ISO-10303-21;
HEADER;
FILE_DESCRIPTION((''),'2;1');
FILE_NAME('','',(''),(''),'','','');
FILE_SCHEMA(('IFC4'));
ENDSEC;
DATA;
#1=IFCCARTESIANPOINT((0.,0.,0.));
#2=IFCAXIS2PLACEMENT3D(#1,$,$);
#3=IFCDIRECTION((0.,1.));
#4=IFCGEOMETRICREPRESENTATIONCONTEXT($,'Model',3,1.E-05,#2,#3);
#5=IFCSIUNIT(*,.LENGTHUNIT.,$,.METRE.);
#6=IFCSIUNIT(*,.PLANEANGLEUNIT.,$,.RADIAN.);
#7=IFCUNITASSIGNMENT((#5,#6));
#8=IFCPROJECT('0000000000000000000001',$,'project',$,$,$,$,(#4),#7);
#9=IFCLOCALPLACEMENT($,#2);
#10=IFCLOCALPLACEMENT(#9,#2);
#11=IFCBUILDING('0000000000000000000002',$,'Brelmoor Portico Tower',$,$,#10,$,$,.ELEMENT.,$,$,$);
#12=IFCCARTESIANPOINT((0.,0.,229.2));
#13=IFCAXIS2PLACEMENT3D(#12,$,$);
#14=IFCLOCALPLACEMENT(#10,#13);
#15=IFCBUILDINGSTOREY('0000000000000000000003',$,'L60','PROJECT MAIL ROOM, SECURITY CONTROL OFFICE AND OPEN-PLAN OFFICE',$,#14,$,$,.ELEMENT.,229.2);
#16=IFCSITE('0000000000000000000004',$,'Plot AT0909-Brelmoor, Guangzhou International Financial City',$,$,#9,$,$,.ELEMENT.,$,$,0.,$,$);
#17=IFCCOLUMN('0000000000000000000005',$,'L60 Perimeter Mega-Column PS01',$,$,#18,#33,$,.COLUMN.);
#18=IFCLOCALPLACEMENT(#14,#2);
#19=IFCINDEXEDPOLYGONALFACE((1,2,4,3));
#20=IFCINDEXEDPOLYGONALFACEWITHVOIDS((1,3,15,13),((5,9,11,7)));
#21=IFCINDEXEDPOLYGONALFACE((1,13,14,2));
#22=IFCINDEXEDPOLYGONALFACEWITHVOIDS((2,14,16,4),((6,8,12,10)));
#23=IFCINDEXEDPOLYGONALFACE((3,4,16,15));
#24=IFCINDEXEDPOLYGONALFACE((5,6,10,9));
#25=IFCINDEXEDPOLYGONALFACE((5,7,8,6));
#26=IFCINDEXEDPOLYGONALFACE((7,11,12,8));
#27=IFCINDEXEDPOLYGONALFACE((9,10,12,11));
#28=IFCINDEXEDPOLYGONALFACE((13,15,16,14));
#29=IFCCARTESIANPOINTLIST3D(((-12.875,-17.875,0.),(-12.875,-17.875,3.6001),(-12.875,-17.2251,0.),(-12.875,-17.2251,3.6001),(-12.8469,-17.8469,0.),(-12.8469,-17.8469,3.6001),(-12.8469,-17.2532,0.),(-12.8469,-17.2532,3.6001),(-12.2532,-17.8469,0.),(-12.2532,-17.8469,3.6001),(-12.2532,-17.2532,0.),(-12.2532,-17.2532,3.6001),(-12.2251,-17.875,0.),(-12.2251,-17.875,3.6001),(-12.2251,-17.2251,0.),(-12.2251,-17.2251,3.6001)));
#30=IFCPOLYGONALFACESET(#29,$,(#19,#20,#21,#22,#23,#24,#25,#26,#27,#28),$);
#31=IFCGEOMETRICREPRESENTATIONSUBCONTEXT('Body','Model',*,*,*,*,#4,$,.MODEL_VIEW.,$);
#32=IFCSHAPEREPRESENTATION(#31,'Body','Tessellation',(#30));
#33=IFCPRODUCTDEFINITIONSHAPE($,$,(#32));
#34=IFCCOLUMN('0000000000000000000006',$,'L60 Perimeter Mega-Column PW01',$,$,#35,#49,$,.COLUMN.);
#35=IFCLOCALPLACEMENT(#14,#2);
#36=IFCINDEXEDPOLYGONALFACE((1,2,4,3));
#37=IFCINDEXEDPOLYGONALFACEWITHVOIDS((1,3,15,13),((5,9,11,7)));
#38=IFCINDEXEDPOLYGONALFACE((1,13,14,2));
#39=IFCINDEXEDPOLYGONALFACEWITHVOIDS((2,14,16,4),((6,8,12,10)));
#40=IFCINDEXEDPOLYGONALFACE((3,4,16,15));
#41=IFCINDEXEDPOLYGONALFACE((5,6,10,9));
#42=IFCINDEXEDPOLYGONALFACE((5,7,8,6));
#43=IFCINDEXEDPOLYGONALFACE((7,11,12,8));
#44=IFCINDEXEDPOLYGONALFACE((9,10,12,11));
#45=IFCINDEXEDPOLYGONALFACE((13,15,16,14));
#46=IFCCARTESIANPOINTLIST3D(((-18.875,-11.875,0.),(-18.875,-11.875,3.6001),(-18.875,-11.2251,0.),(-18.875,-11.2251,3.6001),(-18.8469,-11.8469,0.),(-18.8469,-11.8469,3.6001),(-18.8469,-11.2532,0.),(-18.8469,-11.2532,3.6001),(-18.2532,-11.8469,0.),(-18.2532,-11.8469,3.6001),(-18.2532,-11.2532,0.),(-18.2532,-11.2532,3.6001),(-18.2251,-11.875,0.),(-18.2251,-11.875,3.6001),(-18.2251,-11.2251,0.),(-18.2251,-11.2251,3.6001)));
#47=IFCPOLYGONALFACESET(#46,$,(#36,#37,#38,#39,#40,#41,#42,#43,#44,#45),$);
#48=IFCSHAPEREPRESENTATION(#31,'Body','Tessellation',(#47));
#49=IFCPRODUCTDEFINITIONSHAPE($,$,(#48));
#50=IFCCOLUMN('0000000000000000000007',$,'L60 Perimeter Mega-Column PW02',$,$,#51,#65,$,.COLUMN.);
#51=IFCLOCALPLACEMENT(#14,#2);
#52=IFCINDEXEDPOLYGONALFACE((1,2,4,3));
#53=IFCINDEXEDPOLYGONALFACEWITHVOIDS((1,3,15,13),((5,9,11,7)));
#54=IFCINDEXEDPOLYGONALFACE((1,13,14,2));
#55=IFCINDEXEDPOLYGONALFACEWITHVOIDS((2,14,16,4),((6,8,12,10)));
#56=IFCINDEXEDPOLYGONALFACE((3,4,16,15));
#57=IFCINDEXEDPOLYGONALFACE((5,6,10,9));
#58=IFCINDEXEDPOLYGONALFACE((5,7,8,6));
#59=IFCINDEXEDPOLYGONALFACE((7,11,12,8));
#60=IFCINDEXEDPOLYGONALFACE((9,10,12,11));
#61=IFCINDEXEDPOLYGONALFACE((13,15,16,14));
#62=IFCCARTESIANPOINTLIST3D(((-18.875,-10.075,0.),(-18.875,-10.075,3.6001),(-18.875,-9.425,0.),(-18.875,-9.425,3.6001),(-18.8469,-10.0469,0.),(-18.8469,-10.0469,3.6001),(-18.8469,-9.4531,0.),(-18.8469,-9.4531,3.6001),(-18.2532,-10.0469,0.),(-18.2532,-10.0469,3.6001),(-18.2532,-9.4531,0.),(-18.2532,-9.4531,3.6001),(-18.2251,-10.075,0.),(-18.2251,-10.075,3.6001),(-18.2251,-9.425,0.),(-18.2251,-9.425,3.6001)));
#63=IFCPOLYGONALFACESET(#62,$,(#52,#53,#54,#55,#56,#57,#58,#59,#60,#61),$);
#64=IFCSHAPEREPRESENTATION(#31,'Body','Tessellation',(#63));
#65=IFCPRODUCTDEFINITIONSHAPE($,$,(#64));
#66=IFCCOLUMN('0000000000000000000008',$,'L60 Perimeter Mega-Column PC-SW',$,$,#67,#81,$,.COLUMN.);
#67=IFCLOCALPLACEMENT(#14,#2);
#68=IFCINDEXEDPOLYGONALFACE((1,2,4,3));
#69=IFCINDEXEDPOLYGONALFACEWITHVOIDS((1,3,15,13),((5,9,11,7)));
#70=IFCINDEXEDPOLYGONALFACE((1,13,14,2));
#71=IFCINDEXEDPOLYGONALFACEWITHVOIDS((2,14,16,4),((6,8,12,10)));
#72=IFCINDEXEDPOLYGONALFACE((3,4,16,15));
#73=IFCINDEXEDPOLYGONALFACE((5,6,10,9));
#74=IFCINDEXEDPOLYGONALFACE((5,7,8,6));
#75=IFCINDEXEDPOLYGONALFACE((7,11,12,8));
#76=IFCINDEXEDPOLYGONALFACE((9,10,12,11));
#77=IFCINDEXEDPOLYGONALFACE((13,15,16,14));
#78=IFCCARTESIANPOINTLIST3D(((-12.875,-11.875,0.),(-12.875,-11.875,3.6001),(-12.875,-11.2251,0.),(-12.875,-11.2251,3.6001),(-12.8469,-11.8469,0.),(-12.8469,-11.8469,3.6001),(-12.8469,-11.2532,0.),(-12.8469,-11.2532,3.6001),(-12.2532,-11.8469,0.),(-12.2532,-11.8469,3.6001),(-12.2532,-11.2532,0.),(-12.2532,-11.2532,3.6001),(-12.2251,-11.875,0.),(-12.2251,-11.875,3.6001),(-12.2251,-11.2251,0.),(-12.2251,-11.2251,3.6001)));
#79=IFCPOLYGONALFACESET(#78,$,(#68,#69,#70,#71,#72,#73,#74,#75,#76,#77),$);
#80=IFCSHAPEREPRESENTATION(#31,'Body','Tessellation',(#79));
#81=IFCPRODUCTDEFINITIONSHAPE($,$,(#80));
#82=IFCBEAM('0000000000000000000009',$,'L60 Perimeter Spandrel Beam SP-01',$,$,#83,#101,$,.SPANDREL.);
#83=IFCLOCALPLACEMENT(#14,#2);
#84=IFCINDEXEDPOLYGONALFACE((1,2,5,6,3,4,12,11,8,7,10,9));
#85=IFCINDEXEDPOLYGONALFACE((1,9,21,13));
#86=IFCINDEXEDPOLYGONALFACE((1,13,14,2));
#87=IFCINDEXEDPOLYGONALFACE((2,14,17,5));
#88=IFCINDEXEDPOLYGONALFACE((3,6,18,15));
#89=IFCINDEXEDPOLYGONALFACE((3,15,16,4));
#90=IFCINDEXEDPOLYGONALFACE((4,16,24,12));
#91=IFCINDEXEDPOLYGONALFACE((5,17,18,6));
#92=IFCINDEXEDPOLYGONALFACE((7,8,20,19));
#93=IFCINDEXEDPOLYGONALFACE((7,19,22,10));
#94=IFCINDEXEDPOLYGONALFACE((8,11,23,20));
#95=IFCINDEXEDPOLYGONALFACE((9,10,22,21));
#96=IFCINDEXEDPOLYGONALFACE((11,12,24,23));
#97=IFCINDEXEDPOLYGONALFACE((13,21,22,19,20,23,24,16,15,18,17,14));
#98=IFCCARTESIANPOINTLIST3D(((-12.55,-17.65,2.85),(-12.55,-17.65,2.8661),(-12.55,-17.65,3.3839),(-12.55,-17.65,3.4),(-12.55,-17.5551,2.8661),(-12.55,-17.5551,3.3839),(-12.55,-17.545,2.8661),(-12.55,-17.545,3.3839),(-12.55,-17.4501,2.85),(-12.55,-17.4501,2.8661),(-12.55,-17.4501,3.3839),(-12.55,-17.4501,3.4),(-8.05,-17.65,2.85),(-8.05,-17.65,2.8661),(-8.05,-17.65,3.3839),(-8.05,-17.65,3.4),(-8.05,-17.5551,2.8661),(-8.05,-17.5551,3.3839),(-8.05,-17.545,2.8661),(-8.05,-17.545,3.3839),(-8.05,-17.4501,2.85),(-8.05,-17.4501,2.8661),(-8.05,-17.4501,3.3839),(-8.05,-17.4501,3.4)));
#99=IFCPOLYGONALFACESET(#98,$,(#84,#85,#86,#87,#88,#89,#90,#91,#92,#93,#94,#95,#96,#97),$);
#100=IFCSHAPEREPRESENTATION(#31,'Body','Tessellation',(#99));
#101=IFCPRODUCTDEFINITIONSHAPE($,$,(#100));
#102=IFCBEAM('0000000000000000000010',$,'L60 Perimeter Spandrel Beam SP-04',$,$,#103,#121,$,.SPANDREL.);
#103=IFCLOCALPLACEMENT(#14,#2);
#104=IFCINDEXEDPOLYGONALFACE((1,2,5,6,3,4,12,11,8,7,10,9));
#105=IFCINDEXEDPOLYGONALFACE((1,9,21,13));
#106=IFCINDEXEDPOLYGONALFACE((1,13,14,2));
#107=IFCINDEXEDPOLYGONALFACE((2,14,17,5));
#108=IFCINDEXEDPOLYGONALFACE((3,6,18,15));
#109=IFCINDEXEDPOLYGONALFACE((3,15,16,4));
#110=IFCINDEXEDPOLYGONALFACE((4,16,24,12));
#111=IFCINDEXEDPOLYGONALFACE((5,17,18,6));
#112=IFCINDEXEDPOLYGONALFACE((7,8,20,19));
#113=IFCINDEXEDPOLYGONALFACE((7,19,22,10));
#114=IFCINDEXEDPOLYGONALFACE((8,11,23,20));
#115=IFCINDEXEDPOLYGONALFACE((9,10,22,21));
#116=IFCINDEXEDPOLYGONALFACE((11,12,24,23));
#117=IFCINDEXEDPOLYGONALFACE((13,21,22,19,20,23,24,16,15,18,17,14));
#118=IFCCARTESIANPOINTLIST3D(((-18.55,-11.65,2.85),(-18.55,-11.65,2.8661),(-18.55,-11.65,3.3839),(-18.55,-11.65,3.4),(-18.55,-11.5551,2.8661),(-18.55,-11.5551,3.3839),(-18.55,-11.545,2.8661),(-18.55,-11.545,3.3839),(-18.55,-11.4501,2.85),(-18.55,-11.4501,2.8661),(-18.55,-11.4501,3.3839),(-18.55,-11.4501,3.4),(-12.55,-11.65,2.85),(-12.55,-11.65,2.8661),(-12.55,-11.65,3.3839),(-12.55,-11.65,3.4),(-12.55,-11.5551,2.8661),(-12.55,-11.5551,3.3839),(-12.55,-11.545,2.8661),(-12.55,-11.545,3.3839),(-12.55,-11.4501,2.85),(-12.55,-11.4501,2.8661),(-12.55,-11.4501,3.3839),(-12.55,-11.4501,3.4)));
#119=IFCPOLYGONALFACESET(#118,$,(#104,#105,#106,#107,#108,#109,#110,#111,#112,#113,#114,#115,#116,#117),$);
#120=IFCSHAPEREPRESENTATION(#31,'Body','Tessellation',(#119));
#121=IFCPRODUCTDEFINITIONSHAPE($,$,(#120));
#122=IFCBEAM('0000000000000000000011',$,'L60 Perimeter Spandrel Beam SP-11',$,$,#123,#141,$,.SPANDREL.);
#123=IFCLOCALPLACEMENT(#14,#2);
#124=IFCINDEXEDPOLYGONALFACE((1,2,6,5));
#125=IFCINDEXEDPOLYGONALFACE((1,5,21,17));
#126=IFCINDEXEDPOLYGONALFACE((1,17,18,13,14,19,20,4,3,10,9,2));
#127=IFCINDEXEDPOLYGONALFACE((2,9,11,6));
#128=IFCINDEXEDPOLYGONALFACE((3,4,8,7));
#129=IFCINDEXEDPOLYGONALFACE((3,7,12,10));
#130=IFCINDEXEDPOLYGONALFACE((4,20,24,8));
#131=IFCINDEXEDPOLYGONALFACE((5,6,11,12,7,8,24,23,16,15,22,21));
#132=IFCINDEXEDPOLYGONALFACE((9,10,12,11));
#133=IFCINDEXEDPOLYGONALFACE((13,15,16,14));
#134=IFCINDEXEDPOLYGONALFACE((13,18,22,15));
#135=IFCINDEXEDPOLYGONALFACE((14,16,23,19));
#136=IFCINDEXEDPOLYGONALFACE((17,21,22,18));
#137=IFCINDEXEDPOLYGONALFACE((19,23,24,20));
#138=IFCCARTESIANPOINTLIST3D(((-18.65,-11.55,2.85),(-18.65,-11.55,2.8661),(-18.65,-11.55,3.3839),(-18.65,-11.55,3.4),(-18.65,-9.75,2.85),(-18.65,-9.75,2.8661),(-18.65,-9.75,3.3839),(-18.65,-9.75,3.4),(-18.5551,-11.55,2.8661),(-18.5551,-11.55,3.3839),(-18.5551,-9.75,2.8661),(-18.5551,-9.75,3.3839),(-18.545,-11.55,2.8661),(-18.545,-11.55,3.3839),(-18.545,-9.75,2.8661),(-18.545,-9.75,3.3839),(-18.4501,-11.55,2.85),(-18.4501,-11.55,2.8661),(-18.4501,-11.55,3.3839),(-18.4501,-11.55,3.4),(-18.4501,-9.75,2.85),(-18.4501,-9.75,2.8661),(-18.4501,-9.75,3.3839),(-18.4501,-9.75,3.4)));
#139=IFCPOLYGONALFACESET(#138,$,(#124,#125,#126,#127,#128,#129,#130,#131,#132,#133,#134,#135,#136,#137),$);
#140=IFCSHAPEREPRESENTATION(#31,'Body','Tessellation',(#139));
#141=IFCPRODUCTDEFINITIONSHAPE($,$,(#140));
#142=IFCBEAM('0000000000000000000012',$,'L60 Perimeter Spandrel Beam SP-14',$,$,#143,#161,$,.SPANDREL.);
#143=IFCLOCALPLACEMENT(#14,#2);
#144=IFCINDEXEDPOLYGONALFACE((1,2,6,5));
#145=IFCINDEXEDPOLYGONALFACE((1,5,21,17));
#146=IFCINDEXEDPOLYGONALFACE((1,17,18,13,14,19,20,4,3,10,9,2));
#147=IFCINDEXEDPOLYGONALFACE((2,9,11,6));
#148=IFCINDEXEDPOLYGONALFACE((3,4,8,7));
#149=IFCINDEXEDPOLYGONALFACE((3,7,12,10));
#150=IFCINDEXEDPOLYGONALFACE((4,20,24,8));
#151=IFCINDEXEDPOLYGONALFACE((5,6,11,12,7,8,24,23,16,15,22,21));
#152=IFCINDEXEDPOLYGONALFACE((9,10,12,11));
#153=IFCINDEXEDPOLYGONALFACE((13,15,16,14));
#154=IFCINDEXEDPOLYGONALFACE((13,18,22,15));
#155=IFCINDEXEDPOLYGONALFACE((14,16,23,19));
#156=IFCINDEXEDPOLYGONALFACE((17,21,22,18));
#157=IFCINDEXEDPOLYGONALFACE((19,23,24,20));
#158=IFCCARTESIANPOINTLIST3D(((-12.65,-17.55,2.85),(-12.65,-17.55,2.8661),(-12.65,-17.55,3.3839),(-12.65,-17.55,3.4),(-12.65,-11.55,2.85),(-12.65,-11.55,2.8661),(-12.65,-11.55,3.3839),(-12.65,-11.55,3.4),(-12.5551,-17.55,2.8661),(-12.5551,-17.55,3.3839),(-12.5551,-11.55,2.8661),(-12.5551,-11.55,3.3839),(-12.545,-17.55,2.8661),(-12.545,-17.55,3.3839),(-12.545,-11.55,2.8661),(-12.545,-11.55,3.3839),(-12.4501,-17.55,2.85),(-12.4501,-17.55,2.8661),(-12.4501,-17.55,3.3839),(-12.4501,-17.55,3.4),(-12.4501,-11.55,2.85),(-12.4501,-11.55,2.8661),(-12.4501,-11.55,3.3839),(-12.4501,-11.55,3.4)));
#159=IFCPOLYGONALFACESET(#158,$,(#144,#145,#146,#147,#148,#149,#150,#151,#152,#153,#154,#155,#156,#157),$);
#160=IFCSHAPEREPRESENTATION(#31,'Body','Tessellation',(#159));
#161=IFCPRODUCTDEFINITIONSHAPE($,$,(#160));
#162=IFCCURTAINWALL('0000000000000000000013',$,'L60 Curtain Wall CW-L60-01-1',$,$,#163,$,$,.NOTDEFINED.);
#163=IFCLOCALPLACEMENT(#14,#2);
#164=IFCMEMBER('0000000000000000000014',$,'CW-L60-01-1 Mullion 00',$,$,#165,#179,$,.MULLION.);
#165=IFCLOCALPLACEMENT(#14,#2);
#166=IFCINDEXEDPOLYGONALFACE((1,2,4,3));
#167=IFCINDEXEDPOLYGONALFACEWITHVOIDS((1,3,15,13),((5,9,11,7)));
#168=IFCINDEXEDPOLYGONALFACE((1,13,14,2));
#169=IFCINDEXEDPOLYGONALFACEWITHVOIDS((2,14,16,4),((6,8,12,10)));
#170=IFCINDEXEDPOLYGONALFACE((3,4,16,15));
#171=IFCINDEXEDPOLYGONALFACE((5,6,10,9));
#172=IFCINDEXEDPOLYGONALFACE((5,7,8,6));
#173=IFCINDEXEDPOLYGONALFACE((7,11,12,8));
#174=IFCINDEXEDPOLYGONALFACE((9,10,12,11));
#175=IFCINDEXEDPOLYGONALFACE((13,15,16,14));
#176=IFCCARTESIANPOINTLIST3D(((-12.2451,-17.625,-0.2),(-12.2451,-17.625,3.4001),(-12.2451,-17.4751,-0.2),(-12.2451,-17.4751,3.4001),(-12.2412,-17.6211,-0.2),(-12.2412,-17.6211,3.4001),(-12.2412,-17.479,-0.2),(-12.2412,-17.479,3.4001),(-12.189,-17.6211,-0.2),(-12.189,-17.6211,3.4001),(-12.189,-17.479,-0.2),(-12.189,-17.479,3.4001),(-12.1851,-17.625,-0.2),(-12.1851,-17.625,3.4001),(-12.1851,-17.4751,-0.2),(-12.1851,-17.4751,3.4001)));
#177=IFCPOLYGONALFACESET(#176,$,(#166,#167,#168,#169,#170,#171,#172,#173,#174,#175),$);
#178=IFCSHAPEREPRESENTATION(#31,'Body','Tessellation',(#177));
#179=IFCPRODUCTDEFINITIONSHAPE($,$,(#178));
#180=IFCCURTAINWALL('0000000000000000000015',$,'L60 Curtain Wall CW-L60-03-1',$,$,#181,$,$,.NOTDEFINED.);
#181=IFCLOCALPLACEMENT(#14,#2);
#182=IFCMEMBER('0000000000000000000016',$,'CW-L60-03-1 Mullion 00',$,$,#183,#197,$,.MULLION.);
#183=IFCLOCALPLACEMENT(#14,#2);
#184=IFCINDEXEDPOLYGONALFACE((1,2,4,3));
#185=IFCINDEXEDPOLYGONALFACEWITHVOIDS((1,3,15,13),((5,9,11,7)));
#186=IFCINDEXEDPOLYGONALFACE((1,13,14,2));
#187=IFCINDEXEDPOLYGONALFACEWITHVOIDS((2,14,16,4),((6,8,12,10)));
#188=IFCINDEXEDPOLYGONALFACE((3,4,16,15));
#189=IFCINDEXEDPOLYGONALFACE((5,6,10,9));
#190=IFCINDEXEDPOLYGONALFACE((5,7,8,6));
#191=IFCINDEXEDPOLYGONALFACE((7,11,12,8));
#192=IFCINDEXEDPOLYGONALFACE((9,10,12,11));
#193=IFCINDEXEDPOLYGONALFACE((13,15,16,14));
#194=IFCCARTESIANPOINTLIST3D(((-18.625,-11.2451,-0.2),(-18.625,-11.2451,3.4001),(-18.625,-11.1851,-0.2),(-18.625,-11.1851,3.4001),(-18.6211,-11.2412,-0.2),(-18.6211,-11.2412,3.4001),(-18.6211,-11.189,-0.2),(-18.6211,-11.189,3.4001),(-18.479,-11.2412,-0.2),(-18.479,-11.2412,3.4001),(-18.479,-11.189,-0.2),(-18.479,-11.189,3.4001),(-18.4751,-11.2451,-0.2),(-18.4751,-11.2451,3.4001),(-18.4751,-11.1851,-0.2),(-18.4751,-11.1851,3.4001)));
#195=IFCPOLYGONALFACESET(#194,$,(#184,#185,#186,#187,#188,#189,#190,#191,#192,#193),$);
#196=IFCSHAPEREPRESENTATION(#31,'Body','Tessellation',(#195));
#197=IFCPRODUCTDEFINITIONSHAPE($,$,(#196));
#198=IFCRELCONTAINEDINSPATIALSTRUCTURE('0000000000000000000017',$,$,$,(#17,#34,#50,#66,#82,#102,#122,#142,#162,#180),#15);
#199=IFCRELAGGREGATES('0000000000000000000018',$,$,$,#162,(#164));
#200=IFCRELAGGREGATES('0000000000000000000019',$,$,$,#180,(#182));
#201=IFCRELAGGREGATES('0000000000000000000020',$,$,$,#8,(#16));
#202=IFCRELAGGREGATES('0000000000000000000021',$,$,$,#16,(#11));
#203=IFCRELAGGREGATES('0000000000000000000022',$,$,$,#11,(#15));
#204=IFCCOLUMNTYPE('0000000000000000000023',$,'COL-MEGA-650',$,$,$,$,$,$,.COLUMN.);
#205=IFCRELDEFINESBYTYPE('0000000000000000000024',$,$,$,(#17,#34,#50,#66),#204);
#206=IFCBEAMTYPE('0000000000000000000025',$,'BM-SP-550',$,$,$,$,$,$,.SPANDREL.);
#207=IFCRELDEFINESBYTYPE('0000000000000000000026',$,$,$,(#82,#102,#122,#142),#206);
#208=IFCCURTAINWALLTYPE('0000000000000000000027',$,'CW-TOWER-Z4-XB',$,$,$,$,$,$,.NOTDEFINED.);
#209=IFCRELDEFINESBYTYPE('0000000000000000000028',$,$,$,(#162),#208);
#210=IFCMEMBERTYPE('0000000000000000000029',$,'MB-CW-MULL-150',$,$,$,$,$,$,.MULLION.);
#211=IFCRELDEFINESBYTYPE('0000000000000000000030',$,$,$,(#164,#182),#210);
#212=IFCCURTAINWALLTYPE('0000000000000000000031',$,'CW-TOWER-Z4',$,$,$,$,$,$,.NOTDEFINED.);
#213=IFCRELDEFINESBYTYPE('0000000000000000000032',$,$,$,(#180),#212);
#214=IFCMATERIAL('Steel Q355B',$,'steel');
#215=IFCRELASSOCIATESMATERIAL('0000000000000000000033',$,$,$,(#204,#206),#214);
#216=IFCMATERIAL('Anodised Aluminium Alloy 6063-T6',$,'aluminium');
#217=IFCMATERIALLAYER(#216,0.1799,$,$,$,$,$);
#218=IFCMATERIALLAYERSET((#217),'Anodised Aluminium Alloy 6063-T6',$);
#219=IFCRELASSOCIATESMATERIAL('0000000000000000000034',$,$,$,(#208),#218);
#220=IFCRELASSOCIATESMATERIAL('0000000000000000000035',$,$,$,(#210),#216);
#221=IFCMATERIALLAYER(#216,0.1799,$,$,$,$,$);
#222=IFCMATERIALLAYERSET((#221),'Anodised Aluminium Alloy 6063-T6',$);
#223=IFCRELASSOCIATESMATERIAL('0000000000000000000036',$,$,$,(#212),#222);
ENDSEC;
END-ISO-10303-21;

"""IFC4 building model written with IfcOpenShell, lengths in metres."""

from ifc_helpers import new_model, si_unit, direction, frame, origin, origin_2d, place, context, subcontext, project, spatial, hollow_rectangle, i_section, extrude, material, layer, layer_set, material_profile, profile_set, type_object, element, aggregate, save


model = new_model("IFC4")

# Units and contexts
model_context = context("Model", 3, precision=1e-05, world=origin(), true_north=direction((0.0, 1.0)))
body_context = subcontext(model_context, "Body", "Model", "MODEL_VIEW")
ifc_project = project(units=[si_unit("LENGTHUNIT", "METRE"), si_unit("PLANEANGLEUNIT", "RADIAN")], contexts=[model_context])

# Site, building, storey
site_placement = place(None, origin())
site = spatial("IfcSite", under=ifc_project, at=site_placement, Name="Plot AT0909-Brelmoor, Guangzhou International Financial City", CompositionType="ELEMENT", RefElevation=0.0)
building_placement = place(site_placement, origin())
building = spatial("IfcBuilding", under=site, at=building_placement, Name="Brelmoor Portico Tower", CompositionType="ELEMENT")
storey_placement = place(building_placement, frame((0.0, 0.0, 229.2)))
storey = spatial("IfcBuildingStorey", under=building, at=storey_placement, Name="L60", Description="PROJECT MAIL ROOM, SECURITY CONTROL OFFICE AND OPEN-PLAN OFFICE", CompositionType="ELEMENT", Elevation=229.2)

# Columns
ifc_material_1 = material(Name="Steel Q355B", Category="steel")
ifc_material_profile_1 = material_profile(ifc_material_1, hollow_rectangle(XDim=0.6499, YDim=0.6499, WallThickness=0.0281, at=origin_2d()), Name="BOX 650x650x28")
ifc_profile_set_1 = profile_set([ifc_material_profile_1], Name="Steel Q355B")
column_type = type_object("IfcColumnType", Name="COL-MEGA-650", PredefinedType="COLUMN", material=ifc_profile_set_1)
for number, where, z_axis, x_axis, name in (
    (1, (-12.55, -17.55, 0.0), (0.0, 0.0, 1.0), (1.0, 0.0, 0.0), "L60 Perimeter Mega-Column PS01"),
    (2, (-18.55, -11.55, 0.0), (0.0, 0.0, 1.0), (0.0, 1.0, 0.0), "L60 Perimeter Mega-Column PW01"),
    (3, (-18.55, -9.75, 0.0), (0.0, 0.0, 1.0), (0.0, 1.0, 0.0), "L60 Perimeter Mega-Column PW02"),
    (4, (-12.55, -11.55, 0.0), (0.0, 0.0, 1.0), (1.0, 0.0, 0.0), "L60 Perimeter Mega-Column PC-SW"),
):
    element("IfcColumn", number, at=place(storey_placement, frame(where, z_axis=z_axis, x_axis=x_axis)), inside=storey, type_object=column_type, Name=name, PredefinedType="COLUMN", context=body_context, shape_type="SweptSolid", body=[
        extrude(hollow_rectangle(XDim=0.6499, YDim=0.6499, WallThickness=0.0281, at=origin_2d()), origin(), (0.0, 0.0, 1.0), 3.6001),
    ])

# Beams
ifc_material_profile_2 = material_profile(ifc_material_1, i_section(OverallWidth=0.2, OverallDepth=0.55, WebThickness=0.01, FlangeThickness=0.0161, at=origin_2d()), Name="HN 550x200x10x16")
ifc_profile_set_2 = profile_set([ifc_material_profile_2], Name="Steel Q355B")
beam_type = type_object("IfcBeamType", Name="BM-SP-550", PredefinedType="SPANDREL", material=ifc_profile_set_2)
beam_1_placement = place(storey_placement, frame((-12.55, -17.55, 3.125), z_axis=(1.0, 0.0, 0.0), x_axis=(0.0, 1.0, 0.0)))
element("IfcBeam", 5, at=beam_1_placement, inside=storey, type_object=beam_type, Name="L60 Perimeter Spandrel Beam SP-01", PredefinedType="SPANDREL", context=body_context, shape_type="SweptSolid", body=[
    extrude(i_section(OverallWidth=0.2, OverallDepth=0.55, WebThickness=0.01, FlangeThickness=0.0161, at=origin_2d()), origin(), (0.0, 0.0, 1.0), 4.5),
])
beam_2_placement = place(storey_placement, frame((-18.55, -11.55, 3.125), z_axis=(1.0, 0.0, 0.0), x_axis=(0.0, 1.0, 0.0)))
element("IfcBeam", 6, at=beam_2_placement, inside=storey, type_object=beam_type, Name="L60 Perimeter Spandrel Beam SP-04", PredefinedType="SPANDREL", context=body_context, shape_type="SweptSolid", body=[
    extrude(i_section(OverallWidth=0.2, OverallDepth=0.55, WebThickness=0.01, FlangeThickness=0.0161, at=origin_2d()), origin(), (0.0, 0.0, 1.0), 6.0),
])
beam_3_placement = place(storey_placement, frame((-18.55, -11.55, 3.125), z_axis=(0.0, 1.0, 0.0), x_axis=(-1.0, 0.0, 0.0)))
element("IfcBeam", 7, at=beam_3_placement, inside=storey, type_object=beam_type, Name="L60 Perimeter Spandrel Beam SP-11", PredefinedType="SPANDREL", context=body_context, shape_type="SweptSolid", body=[
    extrude(i_section(OverallWidth=0.2, OverallDepth=0.55, WebThickness=0.01, FlangeThickness=0.0161, at=origin_2d()), origin(), (0.0, 0.0, 1.0), 1.8),
])
beam_4_placement = place(storey_placement, frame((-12.55, -17.55, 3.125), z_axis=(0.0, 1.0, 0.0), x_axis=(-1.0, 0.0, 0.0)))
element("IfcBeam", 8, at=beam_4_placement, inside=storey, type_object=beam_type, Name="L60 Perimeter Spandrel Beam SP-14", PredefinedType="SPANDREL", context=body_context, shape_type="SweptSolid", body=[
    extrude(i_section(OverallWidth=0.2, OverallDepth=0.55, WebThickness=0.01, FlangeThickness=0.0161, at=origin_2d()), origin(), (0.0, 0.0, 1.0), 6.0),
])

# Curtain wall, member
ifc_material_2 = material(Name="Anodised Aluminium Alloy 6063-T6", Category="aluminium")
ifc_layer_1 = layer(ifc_material_2, 0.1799)
ifc_layer_set_1 = layer_set([ifc_layer_1], Name="Anodised Aluminium Alloy 6063-T6")
curtain_wall_type_1 = type_object("IfcCurtainWallType", Name="CW-TOWER-Z4-XB", PredefinedType="NOTDEFINED", material=ifc_layer_set_1)
curtain_wall_1_placement = place(storey_placement, origin())
curtain_wall_1 = element("IfcCurtainWall", 9, at=curtain_wall_1_placement, inside=storey, type_object=curtain_wall_type_1, Name="L60 Curtain Wall CW-L60-01-1", PredefinedType="NOTDEFINED")
ifc_material_profile_3 = material_profile(ifc_material_2, hollow_rectangle(XDim=0.0601, YDim=0.1499, WallThickness=0.0039, at=origin_2d()), Name="ALU MULLION 60x150")
ifc_profile_set_3 = profile_set([ifc_material_profile_3], Name="Anodised Aluminium Alloy 6063-T6")
member_type_1 = type_object("IfcMemberType", Name="MB-CW-MULL-150", PredefinedType="MULLION", material=ifc_profile_set_3)
member_1_placement = place(storey_placement, frame((-12.2151, -17.55, -0.2), z_axis=(0.0, 0.0, 1.0), x_axis=(1.0, 0.0, 0.0)))
member_1 = element("IfcMember", 10, at=member_1_placement, type_object=member_type_1, Name="CW-L60-01-1 Mullion 00", PredefinedType="MULLION", context=body_context, shape_type="SweptSolid", body=[
    extrude(hollow_rectangle(XDim=0.0601, YDim=0.1499, WallThickness=0.0039, at=origin_2d()), origin(), (0.0, 0.0, 1.0), 3.6001),
])

# Curtain wall, member
ifc_layer_2 = layer(ifc_material_2, 0.1799)
ifc_layer_set_2 = layer_set([ifc_layer_2], Name="Anodised Aluminium Alloy 6063-T6")
curtain_wall_type_2 = type_object("IfcCurtainWallType", Name="CW-TOWER-Z4", PredefinedType="NOTDEFINED", material=ifc_layer_set_2)
curtain_wall_2_placement = place(storey_placement, origin())
curtain_wall_2 = element("IfcCurtainWall", 11, at=curtain_wall_2_placement, inside=storey, type_object=curtain_wall_type_2, Name="L60 Curtain Wall CW-L60-03-1", PredefinedType="NOTDEFINED")
member_2_placement = place(storey_placement, frame((-18.55, -11.2151, -0.2), z_axis=(0.0, 0.0, 1.0), x_axis=(0.0, 1.0, 0.0)))
member_2 = element("IfcMember", 12, at=member_2_placement, type_object=member_type_1, Name="CW-L60-03-1 Mullion 00", PredefinedType="MULLION", context=body_context, shape_type="SweptSolid", body=[
    extrude(hollow_rectangle(XDim=0.0601, YDim=0.1499, WallThickness=0.0039, at=origin_2d()), origin(), (0.0, 0.0, 1.0), 3.6001),
])

aggregate(curtain_wall_1, [member_1])

aggregate(curtain_wall_2, [member_2])

save(model, "model.ifc")
